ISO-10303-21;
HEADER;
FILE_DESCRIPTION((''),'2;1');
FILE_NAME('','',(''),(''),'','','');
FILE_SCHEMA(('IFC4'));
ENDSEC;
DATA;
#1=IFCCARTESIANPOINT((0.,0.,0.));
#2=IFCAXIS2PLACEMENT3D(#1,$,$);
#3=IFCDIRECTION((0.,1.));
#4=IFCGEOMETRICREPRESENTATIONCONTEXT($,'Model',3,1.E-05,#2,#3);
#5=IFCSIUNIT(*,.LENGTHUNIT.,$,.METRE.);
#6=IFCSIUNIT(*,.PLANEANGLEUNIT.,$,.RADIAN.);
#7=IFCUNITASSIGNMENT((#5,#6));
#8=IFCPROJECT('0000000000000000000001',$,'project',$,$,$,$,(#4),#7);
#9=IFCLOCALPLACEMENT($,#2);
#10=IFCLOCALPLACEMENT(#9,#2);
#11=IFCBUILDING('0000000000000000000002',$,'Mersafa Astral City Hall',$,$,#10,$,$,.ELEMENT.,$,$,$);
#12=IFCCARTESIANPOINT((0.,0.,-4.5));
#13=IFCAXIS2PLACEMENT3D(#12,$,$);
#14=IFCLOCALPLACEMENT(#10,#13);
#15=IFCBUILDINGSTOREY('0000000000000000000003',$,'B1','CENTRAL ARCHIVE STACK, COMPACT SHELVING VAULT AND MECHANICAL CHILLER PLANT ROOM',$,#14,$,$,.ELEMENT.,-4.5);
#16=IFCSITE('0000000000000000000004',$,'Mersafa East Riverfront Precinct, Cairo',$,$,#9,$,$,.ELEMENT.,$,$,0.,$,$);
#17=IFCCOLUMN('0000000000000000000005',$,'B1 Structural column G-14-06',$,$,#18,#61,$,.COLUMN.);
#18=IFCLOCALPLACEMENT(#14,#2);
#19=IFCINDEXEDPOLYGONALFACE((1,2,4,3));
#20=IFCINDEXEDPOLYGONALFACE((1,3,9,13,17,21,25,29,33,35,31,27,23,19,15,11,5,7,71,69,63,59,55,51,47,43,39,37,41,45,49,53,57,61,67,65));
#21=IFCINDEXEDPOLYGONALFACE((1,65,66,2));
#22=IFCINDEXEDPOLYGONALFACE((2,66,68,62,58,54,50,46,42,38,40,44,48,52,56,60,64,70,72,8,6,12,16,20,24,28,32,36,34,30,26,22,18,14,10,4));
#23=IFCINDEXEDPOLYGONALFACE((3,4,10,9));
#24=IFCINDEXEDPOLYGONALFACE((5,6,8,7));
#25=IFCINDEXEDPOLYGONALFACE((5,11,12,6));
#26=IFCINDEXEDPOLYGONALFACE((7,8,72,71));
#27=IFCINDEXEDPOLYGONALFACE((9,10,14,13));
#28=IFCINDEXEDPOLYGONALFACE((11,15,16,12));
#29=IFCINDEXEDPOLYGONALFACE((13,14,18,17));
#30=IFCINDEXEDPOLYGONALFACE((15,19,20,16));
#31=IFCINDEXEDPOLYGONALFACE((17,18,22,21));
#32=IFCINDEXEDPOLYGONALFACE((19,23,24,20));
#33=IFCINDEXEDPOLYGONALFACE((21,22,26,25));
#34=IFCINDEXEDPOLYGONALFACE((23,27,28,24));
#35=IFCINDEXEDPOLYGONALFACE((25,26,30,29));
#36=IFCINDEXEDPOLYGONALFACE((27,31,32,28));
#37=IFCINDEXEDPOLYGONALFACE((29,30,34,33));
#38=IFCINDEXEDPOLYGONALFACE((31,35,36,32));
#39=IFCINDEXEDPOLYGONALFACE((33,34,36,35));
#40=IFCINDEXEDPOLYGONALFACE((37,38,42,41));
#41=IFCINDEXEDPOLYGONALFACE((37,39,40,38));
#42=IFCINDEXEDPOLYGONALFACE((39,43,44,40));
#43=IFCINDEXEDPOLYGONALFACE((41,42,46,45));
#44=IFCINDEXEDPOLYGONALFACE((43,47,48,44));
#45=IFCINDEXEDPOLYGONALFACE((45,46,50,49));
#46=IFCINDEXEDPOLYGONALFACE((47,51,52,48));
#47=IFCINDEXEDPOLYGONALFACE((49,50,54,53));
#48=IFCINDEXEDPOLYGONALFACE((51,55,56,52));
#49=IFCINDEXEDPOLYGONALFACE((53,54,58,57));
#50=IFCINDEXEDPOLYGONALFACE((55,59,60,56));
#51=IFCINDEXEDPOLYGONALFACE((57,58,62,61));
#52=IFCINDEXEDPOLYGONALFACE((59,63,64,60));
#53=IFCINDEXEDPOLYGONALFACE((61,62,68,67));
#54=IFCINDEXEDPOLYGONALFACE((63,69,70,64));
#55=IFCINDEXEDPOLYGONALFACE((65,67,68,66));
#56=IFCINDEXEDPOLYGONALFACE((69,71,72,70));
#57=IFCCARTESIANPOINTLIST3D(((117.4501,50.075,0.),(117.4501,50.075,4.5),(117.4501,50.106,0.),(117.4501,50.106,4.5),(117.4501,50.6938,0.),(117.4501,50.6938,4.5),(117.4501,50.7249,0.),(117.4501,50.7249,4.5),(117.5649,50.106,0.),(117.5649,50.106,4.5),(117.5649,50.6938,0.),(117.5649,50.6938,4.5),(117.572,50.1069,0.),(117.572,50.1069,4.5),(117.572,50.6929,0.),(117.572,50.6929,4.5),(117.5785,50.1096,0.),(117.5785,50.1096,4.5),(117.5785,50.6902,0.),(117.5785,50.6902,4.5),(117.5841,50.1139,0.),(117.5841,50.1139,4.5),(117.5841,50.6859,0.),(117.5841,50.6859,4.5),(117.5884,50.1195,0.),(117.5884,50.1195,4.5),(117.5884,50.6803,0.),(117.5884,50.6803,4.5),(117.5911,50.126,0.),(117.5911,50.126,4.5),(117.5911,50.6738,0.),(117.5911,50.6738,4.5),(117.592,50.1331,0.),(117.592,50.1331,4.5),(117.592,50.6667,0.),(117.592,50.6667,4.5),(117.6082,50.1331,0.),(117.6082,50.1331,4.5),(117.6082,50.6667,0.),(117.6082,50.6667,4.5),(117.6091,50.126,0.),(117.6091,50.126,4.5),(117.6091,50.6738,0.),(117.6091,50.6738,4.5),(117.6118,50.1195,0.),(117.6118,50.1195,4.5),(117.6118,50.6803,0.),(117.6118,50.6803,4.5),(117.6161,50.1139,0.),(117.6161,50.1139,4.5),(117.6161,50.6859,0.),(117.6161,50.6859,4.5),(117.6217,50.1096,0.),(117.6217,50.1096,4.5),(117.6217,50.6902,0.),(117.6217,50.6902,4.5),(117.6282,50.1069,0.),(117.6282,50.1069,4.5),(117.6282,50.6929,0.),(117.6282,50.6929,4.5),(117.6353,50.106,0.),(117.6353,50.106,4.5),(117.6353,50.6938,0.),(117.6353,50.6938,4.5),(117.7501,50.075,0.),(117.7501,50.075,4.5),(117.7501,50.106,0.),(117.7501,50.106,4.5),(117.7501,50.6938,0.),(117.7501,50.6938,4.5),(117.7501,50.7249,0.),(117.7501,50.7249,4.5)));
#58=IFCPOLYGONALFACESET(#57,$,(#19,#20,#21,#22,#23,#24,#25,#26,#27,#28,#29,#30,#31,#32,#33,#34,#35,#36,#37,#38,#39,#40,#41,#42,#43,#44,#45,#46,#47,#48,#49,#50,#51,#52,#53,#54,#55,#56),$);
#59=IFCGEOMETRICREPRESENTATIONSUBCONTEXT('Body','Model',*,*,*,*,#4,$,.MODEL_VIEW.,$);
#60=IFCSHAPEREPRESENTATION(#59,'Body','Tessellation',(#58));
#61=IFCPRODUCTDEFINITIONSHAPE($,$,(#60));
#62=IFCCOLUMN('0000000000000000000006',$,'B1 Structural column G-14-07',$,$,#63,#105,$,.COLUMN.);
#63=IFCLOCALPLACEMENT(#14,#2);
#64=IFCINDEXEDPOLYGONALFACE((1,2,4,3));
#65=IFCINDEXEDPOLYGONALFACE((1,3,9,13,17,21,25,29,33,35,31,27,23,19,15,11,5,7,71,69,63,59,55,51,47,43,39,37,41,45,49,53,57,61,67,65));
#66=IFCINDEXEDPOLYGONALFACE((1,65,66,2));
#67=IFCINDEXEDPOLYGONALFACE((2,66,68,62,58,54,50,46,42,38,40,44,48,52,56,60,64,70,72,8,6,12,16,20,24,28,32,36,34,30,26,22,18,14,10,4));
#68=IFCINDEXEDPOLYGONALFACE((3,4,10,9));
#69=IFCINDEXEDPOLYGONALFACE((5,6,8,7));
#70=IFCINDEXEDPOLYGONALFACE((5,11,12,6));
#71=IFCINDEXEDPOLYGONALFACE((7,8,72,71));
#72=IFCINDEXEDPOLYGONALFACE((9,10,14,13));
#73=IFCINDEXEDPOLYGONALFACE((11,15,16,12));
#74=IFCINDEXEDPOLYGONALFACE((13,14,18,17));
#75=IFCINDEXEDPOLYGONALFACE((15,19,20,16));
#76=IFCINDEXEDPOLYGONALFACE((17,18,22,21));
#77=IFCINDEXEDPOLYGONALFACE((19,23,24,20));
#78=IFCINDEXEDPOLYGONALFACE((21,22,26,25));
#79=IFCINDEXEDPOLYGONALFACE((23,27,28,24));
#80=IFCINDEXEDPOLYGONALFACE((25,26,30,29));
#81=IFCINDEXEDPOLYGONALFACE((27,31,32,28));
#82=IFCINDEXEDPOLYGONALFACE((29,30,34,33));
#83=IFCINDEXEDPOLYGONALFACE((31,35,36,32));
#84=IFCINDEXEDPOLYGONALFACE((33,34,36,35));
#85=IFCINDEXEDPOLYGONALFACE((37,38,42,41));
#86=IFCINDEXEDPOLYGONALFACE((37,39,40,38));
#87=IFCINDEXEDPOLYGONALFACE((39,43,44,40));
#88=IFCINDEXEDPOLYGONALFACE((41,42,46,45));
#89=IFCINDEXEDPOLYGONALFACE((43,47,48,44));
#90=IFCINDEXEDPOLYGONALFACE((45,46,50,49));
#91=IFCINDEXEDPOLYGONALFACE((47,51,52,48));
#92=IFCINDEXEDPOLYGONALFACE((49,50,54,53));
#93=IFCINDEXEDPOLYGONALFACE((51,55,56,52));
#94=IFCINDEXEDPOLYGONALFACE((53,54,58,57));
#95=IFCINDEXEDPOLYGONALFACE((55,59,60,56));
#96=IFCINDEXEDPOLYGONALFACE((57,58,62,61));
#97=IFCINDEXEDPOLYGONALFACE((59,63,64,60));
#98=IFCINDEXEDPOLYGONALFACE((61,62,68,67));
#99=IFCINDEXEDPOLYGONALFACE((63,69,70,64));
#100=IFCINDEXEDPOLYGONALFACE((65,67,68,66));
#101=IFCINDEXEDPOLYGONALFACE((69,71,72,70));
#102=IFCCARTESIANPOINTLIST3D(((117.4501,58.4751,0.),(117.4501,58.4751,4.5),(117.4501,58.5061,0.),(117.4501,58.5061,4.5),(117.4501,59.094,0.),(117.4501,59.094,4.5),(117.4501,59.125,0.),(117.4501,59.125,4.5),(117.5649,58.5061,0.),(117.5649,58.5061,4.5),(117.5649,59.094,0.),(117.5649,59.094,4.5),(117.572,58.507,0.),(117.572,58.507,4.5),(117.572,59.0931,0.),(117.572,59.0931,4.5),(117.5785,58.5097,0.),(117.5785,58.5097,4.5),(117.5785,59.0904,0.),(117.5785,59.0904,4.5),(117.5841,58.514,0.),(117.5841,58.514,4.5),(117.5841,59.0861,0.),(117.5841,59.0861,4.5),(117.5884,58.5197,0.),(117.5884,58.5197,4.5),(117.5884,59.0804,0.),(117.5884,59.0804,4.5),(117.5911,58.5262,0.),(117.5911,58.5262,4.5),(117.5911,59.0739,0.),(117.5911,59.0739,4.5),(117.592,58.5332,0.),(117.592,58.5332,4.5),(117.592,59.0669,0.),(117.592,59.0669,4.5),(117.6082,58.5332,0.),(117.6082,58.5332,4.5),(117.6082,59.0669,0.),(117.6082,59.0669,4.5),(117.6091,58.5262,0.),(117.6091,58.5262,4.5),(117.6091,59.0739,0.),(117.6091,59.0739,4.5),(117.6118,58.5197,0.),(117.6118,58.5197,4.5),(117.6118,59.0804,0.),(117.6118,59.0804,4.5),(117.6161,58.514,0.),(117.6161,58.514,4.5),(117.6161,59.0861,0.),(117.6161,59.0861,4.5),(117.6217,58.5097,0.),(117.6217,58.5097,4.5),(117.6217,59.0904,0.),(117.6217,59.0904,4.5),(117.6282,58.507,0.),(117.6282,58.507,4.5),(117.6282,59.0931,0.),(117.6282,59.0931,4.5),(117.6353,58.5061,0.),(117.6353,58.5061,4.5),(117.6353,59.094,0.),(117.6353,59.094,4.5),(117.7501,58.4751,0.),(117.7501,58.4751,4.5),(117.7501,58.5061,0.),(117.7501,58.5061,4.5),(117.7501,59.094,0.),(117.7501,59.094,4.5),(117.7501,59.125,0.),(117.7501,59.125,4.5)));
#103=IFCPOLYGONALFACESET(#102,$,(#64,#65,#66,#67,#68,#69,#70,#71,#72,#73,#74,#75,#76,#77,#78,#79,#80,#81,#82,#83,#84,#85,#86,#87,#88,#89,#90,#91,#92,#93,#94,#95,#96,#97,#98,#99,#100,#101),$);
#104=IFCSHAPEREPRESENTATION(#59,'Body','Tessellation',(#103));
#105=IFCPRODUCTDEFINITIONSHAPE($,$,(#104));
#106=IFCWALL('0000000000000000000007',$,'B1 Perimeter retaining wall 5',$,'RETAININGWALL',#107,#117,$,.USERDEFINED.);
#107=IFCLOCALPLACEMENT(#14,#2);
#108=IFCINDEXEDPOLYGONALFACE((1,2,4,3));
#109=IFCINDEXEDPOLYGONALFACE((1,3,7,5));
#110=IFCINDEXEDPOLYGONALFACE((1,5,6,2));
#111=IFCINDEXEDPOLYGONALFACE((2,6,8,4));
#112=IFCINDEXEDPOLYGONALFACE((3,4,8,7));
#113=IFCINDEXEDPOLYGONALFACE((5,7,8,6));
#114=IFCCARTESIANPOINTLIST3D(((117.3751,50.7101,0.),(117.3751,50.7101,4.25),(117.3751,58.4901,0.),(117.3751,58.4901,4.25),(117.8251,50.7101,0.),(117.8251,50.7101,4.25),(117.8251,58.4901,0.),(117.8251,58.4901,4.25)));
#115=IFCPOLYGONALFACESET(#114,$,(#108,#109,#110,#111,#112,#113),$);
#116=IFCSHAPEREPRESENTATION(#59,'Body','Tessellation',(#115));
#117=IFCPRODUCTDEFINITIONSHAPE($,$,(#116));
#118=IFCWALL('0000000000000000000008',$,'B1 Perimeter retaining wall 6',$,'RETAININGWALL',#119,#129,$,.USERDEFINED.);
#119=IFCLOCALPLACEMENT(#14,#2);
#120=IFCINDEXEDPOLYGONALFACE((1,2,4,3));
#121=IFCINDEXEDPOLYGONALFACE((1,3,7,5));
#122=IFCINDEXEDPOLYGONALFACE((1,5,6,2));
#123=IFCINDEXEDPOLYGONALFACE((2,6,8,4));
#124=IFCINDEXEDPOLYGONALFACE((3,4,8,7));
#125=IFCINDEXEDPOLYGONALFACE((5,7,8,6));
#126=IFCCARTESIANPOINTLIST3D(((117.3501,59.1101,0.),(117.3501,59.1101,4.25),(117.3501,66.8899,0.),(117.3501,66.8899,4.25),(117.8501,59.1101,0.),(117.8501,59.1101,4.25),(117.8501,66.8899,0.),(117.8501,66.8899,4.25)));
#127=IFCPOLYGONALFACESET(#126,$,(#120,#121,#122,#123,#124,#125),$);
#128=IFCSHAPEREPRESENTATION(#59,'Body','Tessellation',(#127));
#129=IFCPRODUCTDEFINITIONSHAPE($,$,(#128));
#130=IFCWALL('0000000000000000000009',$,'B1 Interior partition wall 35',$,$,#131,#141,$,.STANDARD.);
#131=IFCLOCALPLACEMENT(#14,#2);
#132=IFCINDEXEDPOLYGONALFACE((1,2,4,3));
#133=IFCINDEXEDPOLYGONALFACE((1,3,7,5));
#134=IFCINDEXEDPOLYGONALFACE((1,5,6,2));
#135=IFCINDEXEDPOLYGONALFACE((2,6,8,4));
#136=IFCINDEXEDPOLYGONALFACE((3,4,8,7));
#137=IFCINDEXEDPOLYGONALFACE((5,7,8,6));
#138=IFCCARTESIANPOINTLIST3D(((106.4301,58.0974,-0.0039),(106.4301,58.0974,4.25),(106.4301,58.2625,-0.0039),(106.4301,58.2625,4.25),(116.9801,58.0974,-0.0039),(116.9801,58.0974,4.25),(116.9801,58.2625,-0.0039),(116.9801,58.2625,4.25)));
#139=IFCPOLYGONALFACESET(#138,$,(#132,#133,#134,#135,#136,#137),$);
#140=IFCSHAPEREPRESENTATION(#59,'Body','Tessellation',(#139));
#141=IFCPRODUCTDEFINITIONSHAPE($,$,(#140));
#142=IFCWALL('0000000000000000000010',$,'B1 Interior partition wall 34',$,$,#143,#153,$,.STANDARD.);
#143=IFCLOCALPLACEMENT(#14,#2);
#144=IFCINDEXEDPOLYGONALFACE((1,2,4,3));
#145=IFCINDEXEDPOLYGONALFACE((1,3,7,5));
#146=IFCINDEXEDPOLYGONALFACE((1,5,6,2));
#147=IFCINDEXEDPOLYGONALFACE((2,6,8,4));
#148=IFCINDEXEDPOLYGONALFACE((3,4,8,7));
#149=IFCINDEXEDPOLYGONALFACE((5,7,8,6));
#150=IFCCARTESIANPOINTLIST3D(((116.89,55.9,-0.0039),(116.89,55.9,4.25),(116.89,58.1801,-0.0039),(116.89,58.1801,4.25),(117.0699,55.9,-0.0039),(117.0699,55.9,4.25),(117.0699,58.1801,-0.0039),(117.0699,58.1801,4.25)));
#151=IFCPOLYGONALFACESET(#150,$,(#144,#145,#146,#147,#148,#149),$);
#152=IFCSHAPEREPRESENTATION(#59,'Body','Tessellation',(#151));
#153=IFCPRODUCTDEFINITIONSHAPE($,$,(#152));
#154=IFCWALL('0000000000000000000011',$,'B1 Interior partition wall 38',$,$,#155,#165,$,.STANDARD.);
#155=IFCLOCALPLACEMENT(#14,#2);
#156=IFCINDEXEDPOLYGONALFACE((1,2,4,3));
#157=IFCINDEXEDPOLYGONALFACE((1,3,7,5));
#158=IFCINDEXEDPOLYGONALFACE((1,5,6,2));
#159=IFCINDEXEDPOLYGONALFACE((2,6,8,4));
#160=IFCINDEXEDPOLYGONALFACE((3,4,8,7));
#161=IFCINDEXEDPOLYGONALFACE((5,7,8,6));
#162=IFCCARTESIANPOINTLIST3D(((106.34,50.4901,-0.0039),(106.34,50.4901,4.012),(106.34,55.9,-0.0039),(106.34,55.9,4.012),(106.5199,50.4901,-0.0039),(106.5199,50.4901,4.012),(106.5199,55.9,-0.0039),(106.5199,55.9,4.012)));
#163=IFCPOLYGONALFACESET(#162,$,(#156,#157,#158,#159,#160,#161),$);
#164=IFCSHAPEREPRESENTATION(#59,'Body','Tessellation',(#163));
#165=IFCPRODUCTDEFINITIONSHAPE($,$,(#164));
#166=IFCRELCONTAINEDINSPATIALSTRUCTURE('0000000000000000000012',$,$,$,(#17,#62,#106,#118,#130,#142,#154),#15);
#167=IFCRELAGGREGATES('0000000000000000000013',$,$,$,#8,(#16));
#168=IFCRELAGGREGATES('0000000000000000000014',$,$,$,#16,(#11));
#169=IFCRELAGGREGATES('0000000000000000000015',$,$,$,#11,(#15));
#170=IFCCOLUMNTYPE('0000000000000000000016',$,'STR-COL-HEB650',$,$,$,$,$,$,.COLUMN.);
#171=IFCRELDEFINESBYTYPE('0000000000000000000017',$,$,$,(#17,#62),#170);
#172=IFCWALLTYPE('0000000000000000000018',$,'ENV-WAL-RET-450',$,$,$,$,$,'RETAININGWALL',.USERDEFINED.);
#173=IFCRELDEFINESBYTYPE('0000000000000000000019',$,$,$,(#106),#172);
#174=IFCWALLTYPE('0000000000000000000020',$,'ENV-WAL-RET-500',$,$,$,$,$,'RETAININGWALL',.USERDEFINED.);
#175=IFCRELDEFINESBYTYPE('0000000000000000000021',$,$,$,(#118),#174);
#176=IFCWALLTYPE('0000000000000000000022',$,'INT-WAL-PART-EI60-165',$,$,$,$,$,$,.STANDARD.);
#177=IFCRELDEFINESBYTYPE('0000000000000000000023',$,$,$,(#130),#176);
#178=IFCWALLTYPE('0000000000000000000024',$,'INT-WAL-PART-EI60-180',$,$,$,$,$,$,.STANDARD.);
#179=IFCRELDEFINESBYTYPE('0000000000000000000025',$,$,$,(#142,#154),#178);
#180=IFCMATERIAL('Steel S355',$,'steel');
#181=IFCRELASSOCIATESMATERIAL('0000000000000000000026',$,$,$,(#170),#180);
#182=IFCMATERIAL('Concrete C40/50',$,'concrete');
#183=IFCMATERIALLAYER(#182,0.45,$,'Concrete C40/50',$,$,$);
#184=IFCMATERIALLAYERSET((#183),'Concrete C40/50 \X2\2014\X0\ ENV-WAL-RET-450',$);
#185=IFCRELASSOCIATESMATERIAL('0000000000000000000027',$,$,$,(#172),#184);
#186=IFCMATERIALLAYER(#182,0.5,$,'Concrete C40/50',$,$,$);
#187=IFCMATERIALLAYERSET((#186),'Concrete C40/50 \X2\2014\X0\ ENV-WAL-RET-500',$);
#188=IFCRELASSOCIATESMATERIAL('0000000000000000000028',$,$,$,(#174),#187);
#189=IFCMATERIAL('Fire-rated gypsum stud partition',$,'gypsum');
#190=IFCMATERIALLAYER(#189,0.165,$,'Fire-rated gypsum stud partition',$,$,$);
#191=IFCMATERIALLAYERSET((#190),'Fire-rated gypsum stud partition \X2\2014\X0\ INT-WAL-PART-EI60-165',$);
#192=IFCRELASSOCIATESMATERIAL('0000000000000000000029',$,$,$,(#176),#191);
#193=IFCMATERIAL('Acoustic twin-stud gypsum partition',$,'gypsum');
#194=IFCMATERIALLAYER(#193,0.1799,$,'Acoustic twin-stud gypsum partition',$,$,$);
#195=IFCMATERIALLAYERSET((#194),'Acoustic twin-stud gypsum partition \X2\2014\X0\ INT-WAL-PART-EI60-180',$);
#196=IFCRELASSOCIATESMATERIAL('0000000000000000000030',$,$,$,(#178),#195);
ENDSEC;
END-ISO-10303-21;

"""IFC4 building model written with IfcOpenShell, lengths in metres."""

from ifc_helpers import new_model, si_unit, direction, frame, frame_2d, origin, origin_2d, place, context, subcontext, project, spatial, rectangle, i_section, extrude, material, layer, layer_set, material_profile, profile_set, type_object, element, save


model = new_model("IFC4")

# Units and contexts
model_context = context("Model", 3, precision=1e-05, world=origin(), true_north=direction((0.0, 1.0)))
body_context = subcontext(model_context, "Body", "Model", "MODEL_VIEW")
ifc_project = project(units=[si_unit("LENGTHUNIT", "METRE"), si_unit("PLANEANGLEUNIT", "RADIAN")], contexts=[model_context])

# Site, building, storey
site_placement = place(None, origin())
site = spatial("IfcSite", under=ifc_project, at=site_placement, Name="Mersafa East Riverfront Precinct, Cairo", CompositionType="ELEMENT", RefElevation=0.0)
building_placement = place(site_placement, origin())
building = spatial("IfcBuilding", under=site, at=building_placement, Name="Mersafa Astral City Hall", CompositionType="ELEMENT")
storey_placement = place(building_placement, frame((0.0, 0.0, -4.5)))
storey = spatial("IfcBuildingStorey", under=building, at=storey_placement, Name="B1", Description="CENTRAL ARCHIVE STACK, COMPACT SHELVING VAULT AND MECHANICAL CHILLER PLANT ROOM", CompositionType="ELEMENT", Elevation=-4.5)

# Shared definitions
ifc_material_1 = material(Name="Concrete C40/50", Category="concrete")

# Columns
ifc_material_2 = material(Name="Steel S355", Category="steel")
ifc_material_profile_1 = material_profile(ifc_material_2, i_section(OverallWidth=0.3, OverallDepth=0.6499, WebThickness=0.0161, FlangeThickness=0.031, FilletRadius=0.0271, at=origin_2d()), Name="HEB 650")
ifc_profile_set_1 = profile_set([ifc_material_profile_1], Name="Steel S355")
column_type_1 = type_object("IfcColumnType", Name="STR-COL-HEB650", PredefinedType="COLUMN", material=ifc_profile_set_1)
for number, where, z_axis, x_axis, name in (
    (1, (117.6001, 50.3999, 0.0), (0.0, 0.0, 1.0), (1.0, 0.0, 0.0), "B1 Structural column G-14-06"),
    (2, (117.6001, 58.8, 0.0), (0.0, 0.0, 1.0), (1.0, 0.0, 0.0), "B1 Structural column G-14-07"),
):
    element("IfcColumn", number, at=place(storey_placement, frame(where, z_axis=z_axis, x_axis=x_axis)), inside=storey, type_object=column_type_1, Name=name, PredefinedType="COLUMN", context=body_context, shape_type="SweptSolid", body=[
        extrude(i_section(OverallWidth=0.3, OverallDepth=0.6499, WebThickness=0.0161, FlangeThickness=0.031, FilletRadius=0.0271, at=origin_2d()), origin(), (0.0, 0.0, 1.0), 4.5),
    ])

# Walls
ifc_layer_1 = layer(ifc_material_1, 0.45, Name="Concrete C40/50")
ifc_layer_set_1 = layer_set([ifc_layer_1], Name="Concrete C40/50 — ENV-WAL-RET-450")
wall_type_1 = type_object("IfcWallType", Name="ENV-WAL-RET-450", ElementType="RETAININGWALL", PredefinedType="USERDEFINED", material=ifc_layer_set_1)
wall_1_placement = place(storey_placement, frame((117.6001, 50.71, 0.0), z_axis=(0.0, 0.0, 1.0), x_axis=(0.0, 1.0, 0.0)))
element("IfcWall", 3, at=wall_1_placement, inside=storey, type_object=wall_type_1, Name="B1 Perimeter retaining wall 5", ObjectType="RETAININGWALL", PredefinedType="USERDEFINED", context=body_context, shape_type="SweptSolid", body=[
    extrude(rectangle(XDim=7.78, YDim=0.45, at=frame_2d((3.8901, 0.0))), origin(), (0.0, 0.0, 1.0), 4.25),
])
ifc_layer_2 = layer(ifc_material_1, 0.5, Name="Concrete C40/50")
ifc_layer_set_2 = layer_set([ifc_layer_2], Name="Concrete C40/50 — ENV-WAL-RET-500")
wall_type_2 = type_object("IfcWallType", Name="ENV-WAL-RET-500", ElementType="RETAININGWALL", PredefinedType="USERDEFINED", material=ifc_layer_set_2)
wall_2_placement = place(storey_placement, frame((117.6001, 59.1101, 0.0), z_axis=(0.0, 0.0, 1.0), x_axis=(0.0, 1.0, 0.0)))
element("IfcWall", 4, at=wall_2_placement, inside=storey, type_object=wall_type_2, Name="B1 Perimeter retaining wall 6", ObjectType="RETAININGWALL", PredefinedType="USERDEFINED", context=body_context, shape_type="SweptSolid", body=[
    extrude(rectangle(XDim=7.7798, YDim=0.5, at=frame_2d((3.8899, 0.0))), origin(), (0.0, 0.0, 1.0), 4.25),
])
ifc_material_3 = material(Name="Fire-rated gypsum stud partition", Category="gypsum")
ifc_layer_3 = layer(ifc_material_3, 0.165, Name="Fire-rated gypsum stud partition")
ifc_layer_set_3 = layer_set([ifc_layer_3], Name="Fire-rated gypsum stud partition — INT-WAL-PART-EI60-165")
wall_type_3 = type_object("IfcWallType", Name="INT-WAL-PART-EI60-165", PredefinedType="STANDARD", material=ifc_layer_set_3)
wall_3_placement = place(storey_placement, frame((116.98, 58.1799, -0.0039), z_axis=(0.0, 0.0, 1.0), x_axis=(-1.0, 0.0, 0.0)))
element("IfcWall", 5, at=wall_3_placement, inside=storey, type_object=wall_type_3, Name="B1 Interior partition wall 35", PredefinedType="STANDARD", context=body_context, shape_type="SweptSolid", body=[
    extrude(rectangle(XDim=10.55, YDim=0.165, at=frame_2d((5.2749, 0.0))), origin(), (0.0, 0.0, 1.0), 4.2539),
])
ifc_material_4 = material(Name="Acoustic twin-stud gypsum partition", Category="gypsum")
ifc_layer_4 = layer(ifc_material_4, 0.1799, Name="Acoustic twin-stud gypsum partition")
ifc_layer_set_4 = layer_set([ifc_layer_4], Name="Acoustic twin-stud gypsum partition — INT-WAL-PART-EI60-180")
wall_type_4 = type_object("IfcWallType", Name="INT-WAL-PART-EI60-180", PredefinedType="STANDARD", material=ifc_layer_set_4)
wall_4_placement = place(storey_placement, frame((116.98, 55.8999, -0.0039), z_axis=(0.0, 0.0, 1.0), x_axis=(0.0, 1.0, 0.0)))
element("IfcWall", 6, at=wall_4_placement, inside=storey, type_object=wall_type_4, Name="B1 Interior partition wall 34", PredefinedType="STANDARD", context=body_context, shape_type="SweptSolid", body=[
    extrude(rectangle(XDim=2.28, YDim=0.1799, at=frame_2d((1.1401, 0.0))), origin(), (0.0, 0.0, 1.0), 4.2539),
])
wall_5_placement = place(storey_placement, frame((106.4299, 50.49, -0.0039), z_axis=(0.0, 0.0, 1.0), x_axis=(0.0, 1.0, 0.0)))
element("IfcWall", 7, at=wall_5_placement, inside=storey, type_object=wall_type_4, Name="B1 Interior partition wall 38", PredefinedType="STANDARD", context=body_context, shape_type="SweptSolid", body=[
    extrude(rectangle(XDim=5.4099, YDim=0.1799, at=frame_2d((2.7051, 0.0))), origin(), (0.0, 0.0, 1.0), 4.0159),
])

save(model, "model.ifc")
